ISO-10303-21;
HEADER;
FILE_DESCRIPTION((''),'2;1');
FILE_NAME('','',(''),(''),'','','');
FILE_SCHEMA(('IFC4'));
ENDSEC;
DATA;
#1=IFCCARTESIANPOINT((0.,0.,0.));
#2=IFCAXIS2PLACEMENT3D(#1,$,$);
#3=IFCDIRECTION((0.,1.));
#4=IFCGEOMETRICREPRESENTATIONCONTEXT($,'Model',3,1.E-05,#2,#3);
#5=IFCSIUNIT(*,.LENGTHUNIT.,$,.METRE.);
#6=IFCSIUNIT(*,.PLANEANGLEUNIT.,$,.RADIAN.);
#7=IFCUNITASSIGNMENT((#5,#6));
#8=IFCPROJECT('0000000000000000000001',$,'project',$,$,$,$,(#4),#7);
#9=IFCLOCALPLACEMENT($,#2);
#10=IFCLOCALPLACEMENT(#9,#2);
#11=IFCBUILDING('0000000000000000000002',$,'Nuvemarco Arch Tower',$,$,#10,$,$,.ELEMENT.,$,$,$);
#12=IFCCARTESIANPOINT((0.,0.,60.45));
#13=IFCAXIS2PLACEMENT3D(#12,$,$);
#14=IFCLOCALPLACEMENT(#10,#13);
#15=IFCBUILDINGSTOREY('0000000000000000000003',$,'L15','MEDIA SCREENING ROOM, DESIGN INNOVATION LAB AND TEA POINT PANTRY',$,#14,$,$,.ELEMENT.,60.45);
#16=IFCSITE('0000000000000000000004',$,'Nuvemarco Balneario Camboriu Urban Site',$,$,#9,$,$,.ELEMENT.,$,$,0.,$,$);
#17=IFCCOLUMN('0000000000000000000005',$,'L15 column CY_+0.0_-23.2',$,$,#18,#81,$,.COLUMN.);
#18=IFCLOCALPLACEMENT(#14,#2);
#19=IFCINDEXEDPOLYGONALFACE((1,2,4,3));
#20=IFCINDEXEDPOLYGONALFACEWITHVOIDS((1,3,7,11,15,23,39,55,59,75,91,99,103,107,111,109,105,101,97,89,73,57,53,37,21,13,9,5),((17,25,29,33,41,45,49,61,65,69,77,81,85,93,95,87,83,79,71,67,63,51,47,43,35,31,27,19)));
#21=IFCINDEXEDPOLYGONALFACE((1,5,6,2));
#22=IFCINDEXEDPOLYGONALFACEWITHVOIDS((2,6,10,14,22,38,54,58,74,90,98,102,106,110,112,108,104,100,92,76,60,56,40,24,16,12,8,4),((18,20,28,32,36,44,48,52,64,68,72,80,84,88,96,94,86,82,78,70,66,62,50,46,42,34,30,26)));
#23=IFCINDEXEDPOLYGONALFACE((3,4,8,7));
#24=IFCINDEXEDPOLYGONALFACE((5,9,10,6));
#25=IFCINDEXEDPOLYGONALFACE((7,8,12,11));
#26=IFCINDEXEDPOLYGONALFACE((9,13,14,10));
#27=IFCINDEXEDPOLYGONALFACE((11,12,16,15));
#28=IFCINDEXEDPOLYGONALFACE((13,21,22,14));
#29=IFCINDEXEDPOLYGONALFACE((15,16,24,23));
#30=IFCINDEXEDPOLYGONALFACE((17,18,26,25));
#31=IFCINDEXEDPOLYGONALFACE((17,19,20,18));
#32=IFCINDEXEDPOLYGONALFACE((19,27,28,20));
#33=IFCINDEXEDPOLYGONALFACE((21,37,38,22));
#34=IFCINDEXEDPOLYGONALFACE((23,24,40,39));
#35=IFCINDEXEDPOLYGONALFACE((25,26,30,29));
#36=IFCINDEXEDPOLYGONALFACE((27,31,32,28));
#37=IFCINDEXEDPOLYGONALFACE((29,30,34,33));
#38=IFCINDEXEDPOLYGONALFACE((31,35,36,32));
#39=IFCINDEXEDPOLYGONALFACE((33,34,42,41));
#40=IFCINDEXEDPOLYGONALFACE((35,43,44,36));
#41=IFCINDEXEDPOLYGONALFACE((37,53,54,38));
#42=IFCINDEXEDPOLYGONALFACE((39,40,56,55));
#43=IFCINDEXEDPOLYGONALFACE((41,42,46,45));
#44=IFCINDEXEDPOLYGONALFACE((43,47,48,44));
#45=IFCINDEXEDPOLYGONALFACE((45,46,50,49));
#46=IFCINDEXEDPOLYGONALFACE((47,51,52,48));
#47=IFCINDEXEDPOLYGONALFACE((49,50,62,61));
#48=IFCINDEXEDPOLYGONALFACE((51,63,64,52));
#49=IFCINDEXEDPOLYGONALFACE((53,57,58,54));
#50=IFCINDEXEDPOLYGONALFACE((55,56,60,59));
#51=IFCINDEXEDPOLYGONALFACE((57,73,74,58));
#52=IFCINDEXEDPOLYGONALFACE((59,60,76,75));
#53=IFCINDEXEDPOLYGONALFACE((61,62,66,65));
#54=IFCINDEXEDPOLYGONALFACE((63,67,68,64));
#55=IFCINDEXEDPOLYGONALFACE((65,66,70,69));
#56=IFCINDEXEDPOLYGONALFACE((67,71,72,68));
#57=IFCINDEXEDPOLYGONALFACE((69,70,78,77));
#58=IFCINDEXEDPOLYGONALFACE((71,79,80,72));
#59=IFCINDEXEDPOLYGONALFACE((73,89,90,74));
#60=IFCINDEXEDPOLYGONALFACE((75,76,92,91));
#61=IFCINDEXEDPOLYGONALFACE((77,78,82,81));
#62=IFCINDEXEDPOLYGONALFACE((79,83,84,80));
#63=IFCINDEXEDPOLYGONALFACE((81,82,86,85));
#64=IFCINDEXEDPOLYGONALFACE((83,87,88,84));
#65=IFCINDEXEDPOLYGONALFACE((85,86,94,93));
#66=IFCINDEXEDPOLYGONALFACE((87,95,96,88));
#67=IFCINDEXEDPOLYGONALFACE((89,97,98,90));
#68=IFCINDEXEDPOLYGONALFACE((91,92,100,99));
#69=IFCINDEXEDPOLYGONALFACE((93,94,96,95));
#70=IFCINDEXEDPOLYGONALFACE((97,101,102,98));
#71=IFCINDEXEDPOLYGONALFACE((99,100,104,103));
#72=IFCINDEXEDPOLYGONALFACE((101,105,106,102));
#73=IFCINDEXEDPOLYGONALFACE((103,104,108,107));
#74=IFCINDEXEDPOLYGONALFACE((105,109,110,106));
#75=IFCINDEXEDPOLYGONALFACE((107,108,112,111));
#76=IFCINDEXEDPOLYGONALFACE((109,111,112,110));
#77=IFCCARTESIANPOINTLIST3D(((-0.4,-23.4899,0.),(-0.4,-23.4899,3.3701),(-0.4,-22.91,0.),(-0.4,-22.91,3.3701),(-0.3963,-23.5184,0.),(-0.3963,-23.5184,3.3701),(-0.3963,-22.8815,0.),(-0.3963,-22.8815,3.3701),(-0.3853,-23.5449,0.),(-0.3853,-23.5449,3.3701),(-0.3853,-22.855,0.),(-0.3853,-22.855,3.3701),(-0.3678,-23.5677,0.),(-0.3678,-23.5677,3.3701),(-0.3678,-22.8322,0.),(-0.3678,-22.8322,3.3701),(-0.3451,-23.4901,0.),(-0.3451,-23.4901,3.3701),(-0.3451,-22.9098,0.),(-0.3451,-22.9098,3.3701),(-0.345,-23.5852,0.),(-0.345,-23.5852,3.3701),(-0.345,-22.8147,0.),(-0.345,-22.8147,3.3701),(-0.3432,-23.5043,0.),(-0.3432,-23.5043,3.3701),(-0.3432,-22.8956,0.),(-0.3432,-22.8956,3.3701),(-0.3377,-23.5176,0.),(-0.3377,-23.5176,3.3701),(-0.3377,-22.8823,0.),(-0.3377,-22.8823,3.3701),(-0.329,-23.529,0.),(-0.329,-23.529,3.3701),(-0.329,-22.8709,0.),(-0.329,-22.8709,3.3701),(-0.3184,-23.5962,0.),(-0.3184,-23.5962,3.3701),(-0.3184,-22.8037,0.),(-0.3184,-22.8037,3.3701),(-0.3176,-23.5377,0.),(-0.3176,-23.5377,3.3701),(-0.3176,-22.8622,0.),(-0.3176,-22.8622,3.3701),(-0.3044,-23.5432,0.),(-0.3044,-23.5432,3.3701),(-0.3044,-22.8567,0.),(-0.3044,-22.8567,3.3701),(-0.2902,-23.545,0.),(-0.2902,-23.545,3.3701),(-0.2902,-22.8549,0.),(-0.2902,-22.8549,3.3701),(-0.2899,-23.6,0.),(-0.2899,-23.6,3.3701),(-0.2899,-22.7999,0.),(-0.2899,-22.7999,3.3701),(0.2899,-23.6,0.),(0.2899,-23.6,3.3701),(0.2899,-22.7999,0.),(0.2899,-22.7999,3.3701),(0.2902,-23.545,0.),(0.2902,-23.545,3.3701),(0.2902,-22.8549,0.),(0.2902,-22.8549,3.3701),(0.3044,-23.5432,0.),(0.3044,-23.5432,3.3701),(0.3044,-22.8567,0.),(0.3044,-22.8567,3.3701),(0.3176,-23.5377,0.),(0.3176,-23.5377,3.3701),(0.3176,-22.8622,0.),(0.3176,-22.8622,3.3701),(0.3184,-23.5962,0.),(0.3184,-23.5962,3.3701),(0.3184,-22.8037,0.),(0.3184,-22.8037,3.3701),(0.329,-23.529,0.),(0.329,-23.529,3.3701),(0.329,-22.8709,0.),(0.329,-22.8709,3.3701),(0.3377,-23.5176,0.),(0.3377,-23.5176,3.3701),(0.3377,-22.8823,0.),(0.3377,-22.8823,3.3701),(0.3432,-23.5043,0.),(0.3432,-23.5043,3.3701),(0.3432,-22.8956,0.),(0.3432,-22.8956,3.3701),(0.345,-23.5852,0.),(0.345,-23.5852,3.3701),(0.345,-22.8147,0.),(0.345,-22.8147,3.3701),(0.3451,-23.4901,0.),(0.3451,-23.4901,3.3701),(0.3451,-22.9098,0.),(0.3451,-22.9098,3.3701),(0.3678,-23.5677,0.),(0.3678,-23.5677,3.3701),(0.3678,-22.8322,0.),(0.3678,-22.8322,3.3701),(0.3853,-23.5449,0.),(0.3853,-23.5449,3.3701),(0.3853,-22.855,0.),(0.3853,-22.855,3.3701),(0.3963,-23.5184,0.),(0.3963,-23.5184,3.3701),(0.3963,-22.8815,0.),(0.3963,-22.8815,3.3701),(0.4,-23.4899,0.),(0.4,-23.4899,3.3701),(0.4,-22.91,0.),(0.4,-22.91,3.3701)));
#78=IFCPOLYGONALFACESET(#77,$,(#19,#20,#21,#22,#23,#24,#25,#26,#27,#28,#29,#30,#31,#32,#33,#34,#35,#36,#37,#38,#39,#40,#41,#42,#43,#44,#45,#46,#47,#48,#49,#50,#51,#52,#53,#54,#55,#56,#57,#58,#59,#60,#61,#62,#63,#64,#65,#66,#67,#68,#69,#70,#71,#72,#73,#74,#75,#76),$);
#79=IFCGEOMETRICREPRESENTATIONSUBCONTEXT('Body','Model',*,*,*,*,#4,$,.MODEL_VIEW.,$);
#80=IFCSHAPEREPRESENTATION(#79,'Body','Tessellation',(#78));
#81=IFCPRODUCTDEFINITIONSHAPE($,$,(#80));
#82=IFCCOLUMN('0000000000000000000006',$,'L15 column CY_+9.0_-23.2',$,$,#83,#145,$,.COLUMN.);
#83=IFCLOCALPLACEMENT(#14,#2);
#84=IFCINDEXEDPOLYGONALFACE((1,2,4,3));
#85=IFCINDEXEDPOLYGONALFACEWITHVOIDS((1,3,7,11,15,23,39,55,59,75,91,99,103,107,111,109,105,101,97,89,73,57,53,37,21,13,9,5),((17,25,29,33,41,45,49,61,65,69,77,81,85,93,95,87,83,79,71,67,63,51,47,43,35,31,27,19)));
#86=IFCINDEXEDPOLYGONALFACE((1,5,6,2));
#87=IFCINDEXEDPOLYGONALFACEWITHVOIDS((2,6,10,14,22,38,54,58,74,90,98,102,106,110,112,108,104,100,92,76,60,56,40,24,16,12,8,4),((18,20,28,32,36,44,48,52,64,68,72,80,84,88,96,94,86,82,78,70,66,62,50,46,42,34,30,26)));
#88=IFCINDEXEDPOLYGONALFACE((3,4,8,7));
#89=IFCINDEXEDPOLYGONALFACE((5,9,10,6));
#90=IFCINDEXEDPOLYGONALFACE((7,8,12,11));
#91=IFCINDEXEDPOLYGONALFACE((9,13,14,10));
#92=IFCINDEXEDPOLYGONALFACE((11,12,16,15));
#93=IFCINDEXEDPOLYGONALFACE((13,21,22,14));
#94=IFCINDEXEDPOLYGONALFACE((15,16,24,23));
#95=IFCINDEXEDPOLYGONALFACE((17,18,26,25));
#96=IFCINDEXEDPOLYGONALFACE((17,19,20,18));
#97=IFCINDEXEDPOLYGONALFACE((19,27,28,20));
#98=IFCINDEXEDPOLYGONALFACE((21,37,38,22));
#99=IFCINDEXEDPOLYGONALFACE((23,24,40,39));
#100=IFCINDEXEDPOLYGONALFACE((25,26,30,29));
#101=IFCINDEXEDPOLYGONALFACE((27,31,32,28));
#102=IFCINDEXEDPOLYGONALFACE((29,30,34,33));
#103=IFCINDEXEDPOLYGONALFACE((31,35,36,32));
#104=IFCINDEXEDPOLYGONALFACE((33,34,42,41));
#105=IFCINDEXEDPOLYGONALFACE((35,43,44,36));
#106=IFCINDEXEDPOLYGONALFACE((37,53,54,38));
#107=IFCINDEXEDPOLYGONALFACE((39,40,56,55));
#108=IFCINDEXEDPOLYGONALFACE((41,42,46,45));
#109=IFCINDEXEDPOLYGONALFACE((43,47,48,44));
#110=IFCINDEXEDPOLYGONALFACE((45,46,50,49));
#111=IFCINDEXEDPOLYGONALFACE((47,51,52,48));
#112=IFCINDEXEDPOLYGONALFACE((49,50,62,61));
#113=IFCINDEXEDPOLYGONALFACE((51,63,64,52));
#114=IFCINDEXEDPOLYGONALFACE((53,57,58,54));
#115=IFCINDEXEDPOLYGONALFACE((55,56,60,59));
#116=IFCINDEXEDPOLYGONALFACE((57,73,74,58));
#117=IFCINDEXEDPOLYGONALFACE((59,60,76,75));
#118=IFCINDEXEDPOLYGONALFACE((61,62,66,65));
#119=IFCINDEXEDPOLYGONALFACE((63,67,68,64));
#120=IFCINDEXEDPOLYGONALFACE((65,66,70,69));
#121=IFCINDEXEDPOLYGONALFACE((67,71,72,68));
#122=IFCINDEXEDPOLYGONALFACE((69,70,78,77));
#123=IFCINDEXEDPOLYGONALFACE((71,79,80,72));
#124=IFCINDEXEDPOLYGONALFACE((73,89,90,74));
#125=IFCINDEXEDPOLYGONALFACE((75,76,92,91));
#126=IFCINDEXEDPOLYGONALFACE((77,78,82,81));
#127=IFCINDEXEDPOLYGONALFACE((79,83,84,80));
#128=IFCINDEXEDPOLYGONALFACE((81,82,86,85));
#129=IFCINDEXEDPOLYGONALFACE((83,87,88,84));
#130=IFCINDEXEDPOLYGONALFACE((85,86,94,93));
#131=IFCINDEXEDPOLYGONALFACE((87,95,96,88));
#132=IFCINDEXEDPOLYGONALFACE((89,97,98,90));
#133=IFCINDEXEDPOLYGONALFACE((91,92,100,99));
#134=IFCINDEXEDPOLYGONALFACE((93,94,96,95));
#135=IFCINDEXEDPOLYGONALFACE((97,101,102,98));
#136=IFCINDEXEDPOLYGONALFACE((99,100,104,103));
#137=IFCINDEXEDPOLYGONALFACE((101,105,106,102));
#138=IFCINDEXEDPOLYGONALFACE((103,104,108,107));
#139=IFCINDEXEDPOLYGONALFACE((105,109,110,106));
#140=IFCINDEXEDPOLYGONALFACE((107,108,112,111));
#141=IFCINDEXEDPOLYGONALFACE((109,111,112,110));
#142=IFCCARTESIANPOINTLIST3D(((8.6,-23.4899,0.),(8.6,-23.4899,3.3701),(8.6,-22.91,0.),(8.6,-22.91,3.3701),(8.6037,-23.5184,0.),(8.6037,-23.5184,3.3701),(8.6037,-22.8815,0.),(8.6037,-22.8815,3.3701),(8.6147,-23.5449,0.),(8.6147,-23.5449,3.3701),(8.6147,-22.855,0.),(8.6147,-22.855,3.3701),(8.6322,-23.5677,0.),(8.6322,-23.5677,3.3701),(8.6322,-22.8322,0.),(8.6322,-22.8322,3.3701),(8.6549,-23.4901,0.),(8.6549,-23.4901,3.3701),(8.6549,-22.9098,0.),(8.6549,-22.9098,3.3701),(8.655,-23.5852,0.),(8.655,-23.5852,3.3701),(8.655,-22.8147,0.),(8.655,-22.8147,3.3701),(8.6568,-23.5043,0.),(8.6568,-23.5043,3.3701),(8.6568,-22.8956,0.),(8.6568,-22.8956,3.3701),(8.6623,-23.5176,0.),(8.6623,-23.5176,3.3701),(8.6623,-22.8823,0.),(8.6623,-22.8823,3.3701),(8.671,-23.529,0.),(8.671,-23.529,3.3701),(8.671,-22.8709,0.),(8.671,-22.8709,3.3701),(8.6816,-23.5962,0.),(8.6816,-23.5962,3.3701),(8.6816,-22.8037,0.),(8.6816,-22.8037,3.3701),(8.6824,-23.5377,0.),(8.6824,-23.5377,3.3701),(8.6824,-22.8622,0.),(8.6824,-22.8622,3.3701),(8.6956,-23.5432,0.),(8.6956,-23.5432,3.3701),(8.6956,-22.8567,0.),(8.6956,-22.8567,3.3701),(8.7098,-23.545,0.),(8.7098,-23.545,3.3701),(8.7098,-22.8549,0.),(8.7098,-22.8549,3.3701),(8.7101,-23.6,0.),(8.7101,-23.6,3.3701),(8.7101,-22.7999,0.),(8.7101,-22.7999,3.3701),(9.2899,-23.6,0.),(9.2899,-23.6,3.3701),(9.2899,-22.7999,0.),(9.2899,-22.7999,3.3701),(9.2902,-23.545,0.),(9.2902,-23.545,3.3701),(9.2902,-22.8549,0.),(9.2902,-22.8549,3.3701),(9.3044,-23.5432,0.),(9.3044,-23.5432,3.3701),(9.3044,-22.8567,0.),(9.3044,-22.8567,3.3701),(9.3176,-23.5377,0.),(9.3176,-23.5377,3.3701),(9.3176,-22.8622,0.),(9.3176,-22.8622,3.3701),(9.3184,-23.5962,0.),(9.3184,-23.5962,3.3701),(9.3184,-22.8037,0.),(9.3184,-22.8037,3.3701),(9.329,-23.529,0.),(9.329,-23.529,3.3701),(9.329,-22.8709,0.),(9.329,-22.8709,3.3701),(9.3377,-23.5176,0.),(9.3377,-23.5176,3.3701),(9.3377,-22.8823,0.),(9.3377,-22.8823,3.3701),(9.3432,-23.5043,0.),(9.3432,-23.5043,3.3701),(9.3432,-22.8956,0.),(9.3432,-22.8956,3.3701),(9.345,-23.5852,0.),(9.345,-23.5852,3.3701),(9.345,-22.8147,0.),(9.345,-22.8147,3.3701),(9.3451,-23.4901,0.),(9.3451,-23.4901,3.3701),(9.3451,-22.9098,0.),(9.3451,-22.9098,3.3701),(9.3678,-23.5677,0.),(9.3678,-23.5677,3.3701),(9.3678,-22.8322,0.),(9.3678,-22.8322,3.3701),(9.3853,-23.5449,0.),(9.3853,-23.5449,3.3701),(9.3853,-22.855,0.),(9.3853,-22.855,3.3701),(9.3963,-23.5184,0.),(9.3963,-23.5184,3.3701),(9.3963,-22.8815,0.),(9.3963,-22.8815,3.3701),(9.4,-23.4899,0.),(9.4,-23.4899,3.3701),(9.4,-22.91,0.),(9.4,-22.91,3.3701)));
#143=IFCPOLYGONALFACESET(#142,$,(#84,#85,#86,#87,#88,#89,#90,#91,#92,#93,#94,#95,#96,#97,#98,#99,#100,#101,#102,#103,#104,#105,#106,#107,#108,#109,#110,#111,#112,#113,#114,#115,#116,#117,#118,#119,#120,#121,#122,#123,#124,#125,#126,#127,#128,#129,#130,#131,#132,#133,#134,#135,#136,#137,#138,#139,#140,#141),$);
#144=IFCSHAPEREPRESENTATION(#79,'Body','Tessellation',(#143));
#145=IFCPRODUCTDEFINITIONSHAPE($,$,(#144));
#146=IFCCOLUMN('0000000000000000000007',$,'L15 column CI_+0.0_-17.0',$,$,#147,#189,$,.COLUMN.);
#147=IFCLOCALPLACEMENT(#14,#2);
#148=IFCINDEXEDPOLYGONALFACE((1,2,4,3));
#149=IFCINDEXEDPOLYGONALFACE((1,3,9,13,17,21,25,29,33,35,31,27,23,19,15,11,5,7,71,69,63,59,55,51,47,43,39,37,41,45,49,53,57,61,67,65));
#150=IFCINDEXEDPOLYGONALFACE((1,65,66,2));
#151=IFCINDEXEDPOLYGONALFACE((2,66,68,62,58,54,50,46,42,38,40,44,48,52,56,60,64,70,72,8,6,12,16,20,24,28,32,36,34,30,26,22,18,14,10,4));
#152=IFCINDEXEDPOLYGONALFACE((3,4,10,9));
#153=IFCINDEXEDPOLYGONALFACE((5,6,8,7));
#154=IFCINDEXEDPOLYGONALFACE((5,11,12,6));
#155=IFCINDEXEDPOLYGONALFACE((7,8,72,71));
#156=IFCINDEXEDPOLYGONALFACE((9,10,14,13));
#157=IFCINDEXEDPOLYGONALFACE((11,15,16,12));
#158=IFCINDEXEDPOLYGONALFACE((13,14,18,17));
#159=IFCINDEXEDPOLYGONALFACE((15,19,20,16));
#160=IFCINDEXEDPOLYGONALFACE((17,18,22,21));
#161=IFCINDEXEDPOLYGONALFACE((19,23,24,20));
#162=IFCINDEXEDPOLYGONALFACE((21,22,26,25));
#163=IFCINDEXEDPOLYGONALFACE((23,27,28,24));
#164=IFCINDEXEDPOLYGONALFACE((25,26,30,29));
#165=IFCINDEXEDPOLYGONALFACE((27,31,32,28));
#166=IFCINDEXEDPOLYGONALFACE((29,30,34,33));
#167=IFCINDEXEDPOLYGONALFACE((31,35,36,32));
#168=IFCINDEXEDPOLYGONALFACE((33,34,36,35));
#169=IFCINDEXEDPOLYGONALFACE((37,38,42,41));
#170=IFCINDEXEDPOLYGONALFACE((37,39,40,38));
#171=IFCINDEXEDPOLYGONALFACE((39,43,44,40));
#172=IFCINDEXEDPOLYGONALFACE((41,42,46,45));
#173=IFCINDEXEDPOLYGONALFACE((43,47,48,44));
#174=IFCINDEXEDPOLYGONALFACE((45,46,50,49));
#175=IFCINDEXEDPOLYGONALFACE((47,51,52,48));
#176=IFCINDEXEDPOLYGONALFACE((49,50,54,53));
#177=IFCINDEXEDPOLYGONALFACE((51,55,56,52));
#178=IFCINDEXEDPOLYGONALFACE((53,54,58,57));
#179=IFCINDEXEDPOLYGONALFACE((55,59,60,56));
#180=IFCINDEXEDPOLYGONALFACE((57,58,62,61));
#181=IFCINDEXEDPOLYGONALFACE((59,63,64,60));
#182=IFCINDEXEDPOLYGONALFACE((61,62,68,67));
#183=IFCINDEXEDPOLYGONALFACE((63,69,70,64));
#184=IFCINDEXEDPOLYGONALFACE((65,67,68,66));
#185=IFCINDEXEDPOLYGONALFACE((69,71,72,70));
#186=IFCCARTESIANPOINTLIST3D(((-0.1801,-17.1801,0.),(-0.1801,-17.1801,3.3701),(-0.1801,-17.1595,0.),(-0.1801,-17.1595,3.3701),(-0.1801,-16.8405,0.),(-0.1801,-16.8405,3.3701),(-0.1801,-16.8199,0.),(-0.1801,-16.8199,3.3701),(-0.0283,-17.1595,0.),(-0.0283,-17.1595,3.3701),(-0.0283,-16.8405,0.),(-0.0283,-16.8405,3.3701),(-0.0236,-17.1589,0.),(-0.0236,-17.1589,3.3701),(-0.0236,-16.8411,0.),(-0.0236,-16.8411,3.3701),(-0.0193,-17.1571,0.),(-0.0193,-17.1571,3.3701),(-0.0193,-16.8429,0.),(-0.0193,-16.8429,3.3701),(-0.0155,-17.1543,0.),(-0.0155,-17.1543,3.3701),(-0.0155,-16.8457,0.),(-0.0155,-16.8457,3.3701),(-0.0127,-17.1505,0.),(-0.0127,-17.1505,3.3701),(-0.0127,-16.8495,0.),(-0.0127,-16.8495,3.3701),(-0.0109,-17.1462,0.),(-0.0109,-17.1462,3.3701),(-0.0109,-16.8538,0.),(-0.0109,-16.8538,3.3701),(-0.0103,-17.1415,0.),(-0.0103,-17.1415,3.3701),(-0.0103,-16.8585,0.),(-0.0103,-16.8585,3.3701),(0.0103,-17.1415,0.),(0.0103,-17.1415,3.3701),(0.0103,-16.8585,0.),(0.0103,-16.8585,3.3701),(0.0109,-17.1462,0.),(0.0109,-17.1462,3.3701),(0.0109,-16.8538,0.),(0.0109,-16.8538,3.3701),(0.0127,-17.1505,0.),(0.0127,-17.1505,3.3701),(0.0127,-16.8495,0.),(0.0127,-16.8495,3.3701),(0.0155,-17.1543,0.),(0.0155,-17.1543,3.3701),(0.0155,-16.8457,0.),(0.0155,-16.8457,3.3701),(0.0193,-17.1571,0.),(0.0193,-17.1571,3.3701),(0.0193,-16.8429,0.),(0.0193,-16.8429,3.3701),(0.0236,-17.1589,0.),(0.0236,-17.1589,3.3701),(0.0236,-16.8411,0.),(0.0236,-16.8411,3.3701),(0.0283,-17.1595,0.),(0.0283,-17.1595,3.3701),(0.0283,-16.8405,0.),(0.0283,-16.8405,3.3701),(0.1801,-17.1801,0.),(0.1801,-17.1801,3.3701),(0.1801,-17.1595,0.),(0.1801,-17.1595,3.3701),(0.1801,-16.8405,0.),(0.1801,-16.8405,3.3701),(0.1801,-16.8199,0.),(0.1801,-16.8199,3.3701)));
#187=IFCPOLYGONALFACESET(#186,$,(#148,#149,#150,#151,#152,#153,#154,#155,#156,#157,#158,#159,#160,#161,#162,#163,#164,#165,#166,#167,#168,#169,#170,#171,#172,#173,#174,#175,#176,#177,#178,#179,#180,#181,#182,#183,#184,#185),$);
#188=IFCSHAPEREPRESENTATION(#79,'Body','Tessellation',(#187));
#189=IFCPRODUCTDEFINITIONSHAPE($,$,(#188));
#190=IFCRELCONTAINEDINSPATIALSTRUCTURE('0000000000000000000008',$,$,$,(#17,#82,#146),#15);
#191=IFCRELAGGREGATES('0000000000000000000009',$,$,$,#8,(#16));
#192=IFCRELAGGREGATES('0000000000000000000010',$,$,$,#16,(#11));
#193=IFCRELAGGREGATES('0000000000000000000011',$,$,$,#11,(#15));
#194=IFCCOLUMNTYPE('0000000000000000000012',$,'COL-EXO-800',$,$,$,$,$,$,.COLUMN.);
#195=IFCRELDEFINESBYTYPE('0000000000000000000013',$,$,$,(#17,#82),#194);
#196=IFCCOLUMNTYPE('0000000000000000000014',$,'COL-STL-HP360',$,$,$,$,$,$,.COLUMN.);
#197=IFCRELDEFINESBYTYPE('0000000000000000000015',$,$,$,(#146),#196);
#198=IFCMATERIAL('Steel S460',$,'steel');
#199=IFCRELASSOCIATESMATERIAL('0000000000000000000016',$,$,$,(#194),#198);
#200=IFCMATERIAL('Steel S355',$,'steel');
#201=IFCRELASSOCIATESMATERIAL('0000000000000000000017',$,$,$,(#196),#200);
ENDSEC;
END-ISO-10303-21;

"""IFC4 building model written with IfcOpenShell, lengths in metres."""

from ifc_helpers import new_model, si_unit, direction, frame, origin, origin_2d, place, context, subcontext, project, spatial, hollow_rectangle, i_section, extrude, material, material_profile, profile_set, type_object, element, save


model = new_model("IFC4")

# Units and contexts
model_context = context("Model", 3, precision=1e-05, world=origin(), true_north=direction((0.0, 1.0)))
body_context = subcontext(model_context, "Body", "Model", "MODEL_VIEW")
ifc_project = project(units=[si_unit("LENGTHUNIT", "METRE"), si_unit("PLANEANGLEUNIT", "RADIAN")], contexts=[model_context])

# Site, building, storey
site_placement = place(None, origin())
site = spatial("IfcSite", under=ifc_project, at=site_placement, Name="Nuvemarco Balneario Camboriu Urban Site", CompositionType="ELEMENT", RefElevation=0.0)
building_placement = place(site_placement, origin())
building = spatial("IfcBuilding", under=site, at=building_placement, Name="Nuvemarco Arch Tower", CompositionType="ELEMENT")
storey_placement = place(building_placement, frame((0.0, 0.0, 60.45)))
storey = spatial("IfcBuildingStorey", under=building, at=storey_placement, Name="L15", Description="MEDIA SCREENING ROOM, DESIGN INNOVATION LAB AND TEA POINT PANTRY", CompositionType="ELEMENT", Elevation=60.45)

# Columns
ifc_material_1 = material(Name="Steel S460", Category="steel")
ifc_material_profile_1 = material_profile(ifc_material_1, hollow_rectangle(XDim=0.8, YDim=0.8, WallThickness=0.0549, InnerFilletRadius=0.0549, OuterFilletRadius=0.1101, at=origin_2d()), Name="SHS800x800x55")
ifc_profile_set_1 = profile_set([ifc_material_profile_1], Name="Steel S460")
column_type_1 = type_object("IfcColumnType", Name="COL-EXO-800", PredefinedType="COLUMN", material=ifc_profile_set_1)
for number, where, z_axis, x_axis, name in (
    (1, (0.0, -23.2, 0.0), (0.0, 0.0, 1.0), (1.0, 0.0, 0.0), "L15 column CY_+0.0_-23.2"),
    (2, (9.0, -23.2, 0.0), (0.0, 0.0, 1.0), (1.0, 0.0, 0.0), "L15 column CY_+9.0_-23.2"),
):
    element("IfcColumn", number, at=place(storey_placement, frame(where, z_axis=z_axis, x_axis=x_axis)), inside=storey, type_object=column_type_1, Name=name, PredefinedType="COLUMN", context=body_context, shape_type="SweptSolid", body=[
        extrude(hollow_rectangle(XDim=0.8, YDim=0.8, WallThickness=0.0549, InnerFilletRadius=0.0549, OuterFilletRadius=0.1101, at=origin_2d()), origin(), (0.0, 0.0, 1.0), 3.3701),
    ])
ifc_material_2 = material(Name="Steel S355", Category="steel")
ifc_material_profile_2 = material_profile(ifc_material_2, i_section(OverallWidth=0.3601, OverallDepth=0.3601, WebThickness=0.0205, FlangeThickness=0.0205, FilletRadius=0.0181, at=origin_2d()), Name="HP360x174")
ifc_profile_set_2 = profile_set([ifc_material_profile_2], Name="Steel S355")
column_type_2 = type_object("IfcColumnType", Name="COL-STL-HP360", PredefinedType="COLUMN", material=ifc_profile_set_2)
for number, where, z_axis, x_axis, name in (
    (3, (0.0, -17.0, 0.0), (0.0, 0.0, 1.0), (1.0, 0.0, 0.0), "L15 column CI_+0.0_-17.0"),
):
    element("IfcColumn", number, at=place(storey_placement, frame(where, z_axis=z_axis, x_axis=x_axis)), inside=storey, type_object=column_type_2, Name=name, PredefinedType="COLUMN", context=body_context, shape_type="SweptSolid", body=[
        extrude(i_section(OverallWidth=0.3601, OverallDepth=0.3601, WebThickness=0.0205, FlangeThickness=0.0205, FilletRadius=0.0181, at=origin_2d()), origin(), (0.0, 0.0, 1.0), 3.3701),
    ])

save(model, "model.ifc")
